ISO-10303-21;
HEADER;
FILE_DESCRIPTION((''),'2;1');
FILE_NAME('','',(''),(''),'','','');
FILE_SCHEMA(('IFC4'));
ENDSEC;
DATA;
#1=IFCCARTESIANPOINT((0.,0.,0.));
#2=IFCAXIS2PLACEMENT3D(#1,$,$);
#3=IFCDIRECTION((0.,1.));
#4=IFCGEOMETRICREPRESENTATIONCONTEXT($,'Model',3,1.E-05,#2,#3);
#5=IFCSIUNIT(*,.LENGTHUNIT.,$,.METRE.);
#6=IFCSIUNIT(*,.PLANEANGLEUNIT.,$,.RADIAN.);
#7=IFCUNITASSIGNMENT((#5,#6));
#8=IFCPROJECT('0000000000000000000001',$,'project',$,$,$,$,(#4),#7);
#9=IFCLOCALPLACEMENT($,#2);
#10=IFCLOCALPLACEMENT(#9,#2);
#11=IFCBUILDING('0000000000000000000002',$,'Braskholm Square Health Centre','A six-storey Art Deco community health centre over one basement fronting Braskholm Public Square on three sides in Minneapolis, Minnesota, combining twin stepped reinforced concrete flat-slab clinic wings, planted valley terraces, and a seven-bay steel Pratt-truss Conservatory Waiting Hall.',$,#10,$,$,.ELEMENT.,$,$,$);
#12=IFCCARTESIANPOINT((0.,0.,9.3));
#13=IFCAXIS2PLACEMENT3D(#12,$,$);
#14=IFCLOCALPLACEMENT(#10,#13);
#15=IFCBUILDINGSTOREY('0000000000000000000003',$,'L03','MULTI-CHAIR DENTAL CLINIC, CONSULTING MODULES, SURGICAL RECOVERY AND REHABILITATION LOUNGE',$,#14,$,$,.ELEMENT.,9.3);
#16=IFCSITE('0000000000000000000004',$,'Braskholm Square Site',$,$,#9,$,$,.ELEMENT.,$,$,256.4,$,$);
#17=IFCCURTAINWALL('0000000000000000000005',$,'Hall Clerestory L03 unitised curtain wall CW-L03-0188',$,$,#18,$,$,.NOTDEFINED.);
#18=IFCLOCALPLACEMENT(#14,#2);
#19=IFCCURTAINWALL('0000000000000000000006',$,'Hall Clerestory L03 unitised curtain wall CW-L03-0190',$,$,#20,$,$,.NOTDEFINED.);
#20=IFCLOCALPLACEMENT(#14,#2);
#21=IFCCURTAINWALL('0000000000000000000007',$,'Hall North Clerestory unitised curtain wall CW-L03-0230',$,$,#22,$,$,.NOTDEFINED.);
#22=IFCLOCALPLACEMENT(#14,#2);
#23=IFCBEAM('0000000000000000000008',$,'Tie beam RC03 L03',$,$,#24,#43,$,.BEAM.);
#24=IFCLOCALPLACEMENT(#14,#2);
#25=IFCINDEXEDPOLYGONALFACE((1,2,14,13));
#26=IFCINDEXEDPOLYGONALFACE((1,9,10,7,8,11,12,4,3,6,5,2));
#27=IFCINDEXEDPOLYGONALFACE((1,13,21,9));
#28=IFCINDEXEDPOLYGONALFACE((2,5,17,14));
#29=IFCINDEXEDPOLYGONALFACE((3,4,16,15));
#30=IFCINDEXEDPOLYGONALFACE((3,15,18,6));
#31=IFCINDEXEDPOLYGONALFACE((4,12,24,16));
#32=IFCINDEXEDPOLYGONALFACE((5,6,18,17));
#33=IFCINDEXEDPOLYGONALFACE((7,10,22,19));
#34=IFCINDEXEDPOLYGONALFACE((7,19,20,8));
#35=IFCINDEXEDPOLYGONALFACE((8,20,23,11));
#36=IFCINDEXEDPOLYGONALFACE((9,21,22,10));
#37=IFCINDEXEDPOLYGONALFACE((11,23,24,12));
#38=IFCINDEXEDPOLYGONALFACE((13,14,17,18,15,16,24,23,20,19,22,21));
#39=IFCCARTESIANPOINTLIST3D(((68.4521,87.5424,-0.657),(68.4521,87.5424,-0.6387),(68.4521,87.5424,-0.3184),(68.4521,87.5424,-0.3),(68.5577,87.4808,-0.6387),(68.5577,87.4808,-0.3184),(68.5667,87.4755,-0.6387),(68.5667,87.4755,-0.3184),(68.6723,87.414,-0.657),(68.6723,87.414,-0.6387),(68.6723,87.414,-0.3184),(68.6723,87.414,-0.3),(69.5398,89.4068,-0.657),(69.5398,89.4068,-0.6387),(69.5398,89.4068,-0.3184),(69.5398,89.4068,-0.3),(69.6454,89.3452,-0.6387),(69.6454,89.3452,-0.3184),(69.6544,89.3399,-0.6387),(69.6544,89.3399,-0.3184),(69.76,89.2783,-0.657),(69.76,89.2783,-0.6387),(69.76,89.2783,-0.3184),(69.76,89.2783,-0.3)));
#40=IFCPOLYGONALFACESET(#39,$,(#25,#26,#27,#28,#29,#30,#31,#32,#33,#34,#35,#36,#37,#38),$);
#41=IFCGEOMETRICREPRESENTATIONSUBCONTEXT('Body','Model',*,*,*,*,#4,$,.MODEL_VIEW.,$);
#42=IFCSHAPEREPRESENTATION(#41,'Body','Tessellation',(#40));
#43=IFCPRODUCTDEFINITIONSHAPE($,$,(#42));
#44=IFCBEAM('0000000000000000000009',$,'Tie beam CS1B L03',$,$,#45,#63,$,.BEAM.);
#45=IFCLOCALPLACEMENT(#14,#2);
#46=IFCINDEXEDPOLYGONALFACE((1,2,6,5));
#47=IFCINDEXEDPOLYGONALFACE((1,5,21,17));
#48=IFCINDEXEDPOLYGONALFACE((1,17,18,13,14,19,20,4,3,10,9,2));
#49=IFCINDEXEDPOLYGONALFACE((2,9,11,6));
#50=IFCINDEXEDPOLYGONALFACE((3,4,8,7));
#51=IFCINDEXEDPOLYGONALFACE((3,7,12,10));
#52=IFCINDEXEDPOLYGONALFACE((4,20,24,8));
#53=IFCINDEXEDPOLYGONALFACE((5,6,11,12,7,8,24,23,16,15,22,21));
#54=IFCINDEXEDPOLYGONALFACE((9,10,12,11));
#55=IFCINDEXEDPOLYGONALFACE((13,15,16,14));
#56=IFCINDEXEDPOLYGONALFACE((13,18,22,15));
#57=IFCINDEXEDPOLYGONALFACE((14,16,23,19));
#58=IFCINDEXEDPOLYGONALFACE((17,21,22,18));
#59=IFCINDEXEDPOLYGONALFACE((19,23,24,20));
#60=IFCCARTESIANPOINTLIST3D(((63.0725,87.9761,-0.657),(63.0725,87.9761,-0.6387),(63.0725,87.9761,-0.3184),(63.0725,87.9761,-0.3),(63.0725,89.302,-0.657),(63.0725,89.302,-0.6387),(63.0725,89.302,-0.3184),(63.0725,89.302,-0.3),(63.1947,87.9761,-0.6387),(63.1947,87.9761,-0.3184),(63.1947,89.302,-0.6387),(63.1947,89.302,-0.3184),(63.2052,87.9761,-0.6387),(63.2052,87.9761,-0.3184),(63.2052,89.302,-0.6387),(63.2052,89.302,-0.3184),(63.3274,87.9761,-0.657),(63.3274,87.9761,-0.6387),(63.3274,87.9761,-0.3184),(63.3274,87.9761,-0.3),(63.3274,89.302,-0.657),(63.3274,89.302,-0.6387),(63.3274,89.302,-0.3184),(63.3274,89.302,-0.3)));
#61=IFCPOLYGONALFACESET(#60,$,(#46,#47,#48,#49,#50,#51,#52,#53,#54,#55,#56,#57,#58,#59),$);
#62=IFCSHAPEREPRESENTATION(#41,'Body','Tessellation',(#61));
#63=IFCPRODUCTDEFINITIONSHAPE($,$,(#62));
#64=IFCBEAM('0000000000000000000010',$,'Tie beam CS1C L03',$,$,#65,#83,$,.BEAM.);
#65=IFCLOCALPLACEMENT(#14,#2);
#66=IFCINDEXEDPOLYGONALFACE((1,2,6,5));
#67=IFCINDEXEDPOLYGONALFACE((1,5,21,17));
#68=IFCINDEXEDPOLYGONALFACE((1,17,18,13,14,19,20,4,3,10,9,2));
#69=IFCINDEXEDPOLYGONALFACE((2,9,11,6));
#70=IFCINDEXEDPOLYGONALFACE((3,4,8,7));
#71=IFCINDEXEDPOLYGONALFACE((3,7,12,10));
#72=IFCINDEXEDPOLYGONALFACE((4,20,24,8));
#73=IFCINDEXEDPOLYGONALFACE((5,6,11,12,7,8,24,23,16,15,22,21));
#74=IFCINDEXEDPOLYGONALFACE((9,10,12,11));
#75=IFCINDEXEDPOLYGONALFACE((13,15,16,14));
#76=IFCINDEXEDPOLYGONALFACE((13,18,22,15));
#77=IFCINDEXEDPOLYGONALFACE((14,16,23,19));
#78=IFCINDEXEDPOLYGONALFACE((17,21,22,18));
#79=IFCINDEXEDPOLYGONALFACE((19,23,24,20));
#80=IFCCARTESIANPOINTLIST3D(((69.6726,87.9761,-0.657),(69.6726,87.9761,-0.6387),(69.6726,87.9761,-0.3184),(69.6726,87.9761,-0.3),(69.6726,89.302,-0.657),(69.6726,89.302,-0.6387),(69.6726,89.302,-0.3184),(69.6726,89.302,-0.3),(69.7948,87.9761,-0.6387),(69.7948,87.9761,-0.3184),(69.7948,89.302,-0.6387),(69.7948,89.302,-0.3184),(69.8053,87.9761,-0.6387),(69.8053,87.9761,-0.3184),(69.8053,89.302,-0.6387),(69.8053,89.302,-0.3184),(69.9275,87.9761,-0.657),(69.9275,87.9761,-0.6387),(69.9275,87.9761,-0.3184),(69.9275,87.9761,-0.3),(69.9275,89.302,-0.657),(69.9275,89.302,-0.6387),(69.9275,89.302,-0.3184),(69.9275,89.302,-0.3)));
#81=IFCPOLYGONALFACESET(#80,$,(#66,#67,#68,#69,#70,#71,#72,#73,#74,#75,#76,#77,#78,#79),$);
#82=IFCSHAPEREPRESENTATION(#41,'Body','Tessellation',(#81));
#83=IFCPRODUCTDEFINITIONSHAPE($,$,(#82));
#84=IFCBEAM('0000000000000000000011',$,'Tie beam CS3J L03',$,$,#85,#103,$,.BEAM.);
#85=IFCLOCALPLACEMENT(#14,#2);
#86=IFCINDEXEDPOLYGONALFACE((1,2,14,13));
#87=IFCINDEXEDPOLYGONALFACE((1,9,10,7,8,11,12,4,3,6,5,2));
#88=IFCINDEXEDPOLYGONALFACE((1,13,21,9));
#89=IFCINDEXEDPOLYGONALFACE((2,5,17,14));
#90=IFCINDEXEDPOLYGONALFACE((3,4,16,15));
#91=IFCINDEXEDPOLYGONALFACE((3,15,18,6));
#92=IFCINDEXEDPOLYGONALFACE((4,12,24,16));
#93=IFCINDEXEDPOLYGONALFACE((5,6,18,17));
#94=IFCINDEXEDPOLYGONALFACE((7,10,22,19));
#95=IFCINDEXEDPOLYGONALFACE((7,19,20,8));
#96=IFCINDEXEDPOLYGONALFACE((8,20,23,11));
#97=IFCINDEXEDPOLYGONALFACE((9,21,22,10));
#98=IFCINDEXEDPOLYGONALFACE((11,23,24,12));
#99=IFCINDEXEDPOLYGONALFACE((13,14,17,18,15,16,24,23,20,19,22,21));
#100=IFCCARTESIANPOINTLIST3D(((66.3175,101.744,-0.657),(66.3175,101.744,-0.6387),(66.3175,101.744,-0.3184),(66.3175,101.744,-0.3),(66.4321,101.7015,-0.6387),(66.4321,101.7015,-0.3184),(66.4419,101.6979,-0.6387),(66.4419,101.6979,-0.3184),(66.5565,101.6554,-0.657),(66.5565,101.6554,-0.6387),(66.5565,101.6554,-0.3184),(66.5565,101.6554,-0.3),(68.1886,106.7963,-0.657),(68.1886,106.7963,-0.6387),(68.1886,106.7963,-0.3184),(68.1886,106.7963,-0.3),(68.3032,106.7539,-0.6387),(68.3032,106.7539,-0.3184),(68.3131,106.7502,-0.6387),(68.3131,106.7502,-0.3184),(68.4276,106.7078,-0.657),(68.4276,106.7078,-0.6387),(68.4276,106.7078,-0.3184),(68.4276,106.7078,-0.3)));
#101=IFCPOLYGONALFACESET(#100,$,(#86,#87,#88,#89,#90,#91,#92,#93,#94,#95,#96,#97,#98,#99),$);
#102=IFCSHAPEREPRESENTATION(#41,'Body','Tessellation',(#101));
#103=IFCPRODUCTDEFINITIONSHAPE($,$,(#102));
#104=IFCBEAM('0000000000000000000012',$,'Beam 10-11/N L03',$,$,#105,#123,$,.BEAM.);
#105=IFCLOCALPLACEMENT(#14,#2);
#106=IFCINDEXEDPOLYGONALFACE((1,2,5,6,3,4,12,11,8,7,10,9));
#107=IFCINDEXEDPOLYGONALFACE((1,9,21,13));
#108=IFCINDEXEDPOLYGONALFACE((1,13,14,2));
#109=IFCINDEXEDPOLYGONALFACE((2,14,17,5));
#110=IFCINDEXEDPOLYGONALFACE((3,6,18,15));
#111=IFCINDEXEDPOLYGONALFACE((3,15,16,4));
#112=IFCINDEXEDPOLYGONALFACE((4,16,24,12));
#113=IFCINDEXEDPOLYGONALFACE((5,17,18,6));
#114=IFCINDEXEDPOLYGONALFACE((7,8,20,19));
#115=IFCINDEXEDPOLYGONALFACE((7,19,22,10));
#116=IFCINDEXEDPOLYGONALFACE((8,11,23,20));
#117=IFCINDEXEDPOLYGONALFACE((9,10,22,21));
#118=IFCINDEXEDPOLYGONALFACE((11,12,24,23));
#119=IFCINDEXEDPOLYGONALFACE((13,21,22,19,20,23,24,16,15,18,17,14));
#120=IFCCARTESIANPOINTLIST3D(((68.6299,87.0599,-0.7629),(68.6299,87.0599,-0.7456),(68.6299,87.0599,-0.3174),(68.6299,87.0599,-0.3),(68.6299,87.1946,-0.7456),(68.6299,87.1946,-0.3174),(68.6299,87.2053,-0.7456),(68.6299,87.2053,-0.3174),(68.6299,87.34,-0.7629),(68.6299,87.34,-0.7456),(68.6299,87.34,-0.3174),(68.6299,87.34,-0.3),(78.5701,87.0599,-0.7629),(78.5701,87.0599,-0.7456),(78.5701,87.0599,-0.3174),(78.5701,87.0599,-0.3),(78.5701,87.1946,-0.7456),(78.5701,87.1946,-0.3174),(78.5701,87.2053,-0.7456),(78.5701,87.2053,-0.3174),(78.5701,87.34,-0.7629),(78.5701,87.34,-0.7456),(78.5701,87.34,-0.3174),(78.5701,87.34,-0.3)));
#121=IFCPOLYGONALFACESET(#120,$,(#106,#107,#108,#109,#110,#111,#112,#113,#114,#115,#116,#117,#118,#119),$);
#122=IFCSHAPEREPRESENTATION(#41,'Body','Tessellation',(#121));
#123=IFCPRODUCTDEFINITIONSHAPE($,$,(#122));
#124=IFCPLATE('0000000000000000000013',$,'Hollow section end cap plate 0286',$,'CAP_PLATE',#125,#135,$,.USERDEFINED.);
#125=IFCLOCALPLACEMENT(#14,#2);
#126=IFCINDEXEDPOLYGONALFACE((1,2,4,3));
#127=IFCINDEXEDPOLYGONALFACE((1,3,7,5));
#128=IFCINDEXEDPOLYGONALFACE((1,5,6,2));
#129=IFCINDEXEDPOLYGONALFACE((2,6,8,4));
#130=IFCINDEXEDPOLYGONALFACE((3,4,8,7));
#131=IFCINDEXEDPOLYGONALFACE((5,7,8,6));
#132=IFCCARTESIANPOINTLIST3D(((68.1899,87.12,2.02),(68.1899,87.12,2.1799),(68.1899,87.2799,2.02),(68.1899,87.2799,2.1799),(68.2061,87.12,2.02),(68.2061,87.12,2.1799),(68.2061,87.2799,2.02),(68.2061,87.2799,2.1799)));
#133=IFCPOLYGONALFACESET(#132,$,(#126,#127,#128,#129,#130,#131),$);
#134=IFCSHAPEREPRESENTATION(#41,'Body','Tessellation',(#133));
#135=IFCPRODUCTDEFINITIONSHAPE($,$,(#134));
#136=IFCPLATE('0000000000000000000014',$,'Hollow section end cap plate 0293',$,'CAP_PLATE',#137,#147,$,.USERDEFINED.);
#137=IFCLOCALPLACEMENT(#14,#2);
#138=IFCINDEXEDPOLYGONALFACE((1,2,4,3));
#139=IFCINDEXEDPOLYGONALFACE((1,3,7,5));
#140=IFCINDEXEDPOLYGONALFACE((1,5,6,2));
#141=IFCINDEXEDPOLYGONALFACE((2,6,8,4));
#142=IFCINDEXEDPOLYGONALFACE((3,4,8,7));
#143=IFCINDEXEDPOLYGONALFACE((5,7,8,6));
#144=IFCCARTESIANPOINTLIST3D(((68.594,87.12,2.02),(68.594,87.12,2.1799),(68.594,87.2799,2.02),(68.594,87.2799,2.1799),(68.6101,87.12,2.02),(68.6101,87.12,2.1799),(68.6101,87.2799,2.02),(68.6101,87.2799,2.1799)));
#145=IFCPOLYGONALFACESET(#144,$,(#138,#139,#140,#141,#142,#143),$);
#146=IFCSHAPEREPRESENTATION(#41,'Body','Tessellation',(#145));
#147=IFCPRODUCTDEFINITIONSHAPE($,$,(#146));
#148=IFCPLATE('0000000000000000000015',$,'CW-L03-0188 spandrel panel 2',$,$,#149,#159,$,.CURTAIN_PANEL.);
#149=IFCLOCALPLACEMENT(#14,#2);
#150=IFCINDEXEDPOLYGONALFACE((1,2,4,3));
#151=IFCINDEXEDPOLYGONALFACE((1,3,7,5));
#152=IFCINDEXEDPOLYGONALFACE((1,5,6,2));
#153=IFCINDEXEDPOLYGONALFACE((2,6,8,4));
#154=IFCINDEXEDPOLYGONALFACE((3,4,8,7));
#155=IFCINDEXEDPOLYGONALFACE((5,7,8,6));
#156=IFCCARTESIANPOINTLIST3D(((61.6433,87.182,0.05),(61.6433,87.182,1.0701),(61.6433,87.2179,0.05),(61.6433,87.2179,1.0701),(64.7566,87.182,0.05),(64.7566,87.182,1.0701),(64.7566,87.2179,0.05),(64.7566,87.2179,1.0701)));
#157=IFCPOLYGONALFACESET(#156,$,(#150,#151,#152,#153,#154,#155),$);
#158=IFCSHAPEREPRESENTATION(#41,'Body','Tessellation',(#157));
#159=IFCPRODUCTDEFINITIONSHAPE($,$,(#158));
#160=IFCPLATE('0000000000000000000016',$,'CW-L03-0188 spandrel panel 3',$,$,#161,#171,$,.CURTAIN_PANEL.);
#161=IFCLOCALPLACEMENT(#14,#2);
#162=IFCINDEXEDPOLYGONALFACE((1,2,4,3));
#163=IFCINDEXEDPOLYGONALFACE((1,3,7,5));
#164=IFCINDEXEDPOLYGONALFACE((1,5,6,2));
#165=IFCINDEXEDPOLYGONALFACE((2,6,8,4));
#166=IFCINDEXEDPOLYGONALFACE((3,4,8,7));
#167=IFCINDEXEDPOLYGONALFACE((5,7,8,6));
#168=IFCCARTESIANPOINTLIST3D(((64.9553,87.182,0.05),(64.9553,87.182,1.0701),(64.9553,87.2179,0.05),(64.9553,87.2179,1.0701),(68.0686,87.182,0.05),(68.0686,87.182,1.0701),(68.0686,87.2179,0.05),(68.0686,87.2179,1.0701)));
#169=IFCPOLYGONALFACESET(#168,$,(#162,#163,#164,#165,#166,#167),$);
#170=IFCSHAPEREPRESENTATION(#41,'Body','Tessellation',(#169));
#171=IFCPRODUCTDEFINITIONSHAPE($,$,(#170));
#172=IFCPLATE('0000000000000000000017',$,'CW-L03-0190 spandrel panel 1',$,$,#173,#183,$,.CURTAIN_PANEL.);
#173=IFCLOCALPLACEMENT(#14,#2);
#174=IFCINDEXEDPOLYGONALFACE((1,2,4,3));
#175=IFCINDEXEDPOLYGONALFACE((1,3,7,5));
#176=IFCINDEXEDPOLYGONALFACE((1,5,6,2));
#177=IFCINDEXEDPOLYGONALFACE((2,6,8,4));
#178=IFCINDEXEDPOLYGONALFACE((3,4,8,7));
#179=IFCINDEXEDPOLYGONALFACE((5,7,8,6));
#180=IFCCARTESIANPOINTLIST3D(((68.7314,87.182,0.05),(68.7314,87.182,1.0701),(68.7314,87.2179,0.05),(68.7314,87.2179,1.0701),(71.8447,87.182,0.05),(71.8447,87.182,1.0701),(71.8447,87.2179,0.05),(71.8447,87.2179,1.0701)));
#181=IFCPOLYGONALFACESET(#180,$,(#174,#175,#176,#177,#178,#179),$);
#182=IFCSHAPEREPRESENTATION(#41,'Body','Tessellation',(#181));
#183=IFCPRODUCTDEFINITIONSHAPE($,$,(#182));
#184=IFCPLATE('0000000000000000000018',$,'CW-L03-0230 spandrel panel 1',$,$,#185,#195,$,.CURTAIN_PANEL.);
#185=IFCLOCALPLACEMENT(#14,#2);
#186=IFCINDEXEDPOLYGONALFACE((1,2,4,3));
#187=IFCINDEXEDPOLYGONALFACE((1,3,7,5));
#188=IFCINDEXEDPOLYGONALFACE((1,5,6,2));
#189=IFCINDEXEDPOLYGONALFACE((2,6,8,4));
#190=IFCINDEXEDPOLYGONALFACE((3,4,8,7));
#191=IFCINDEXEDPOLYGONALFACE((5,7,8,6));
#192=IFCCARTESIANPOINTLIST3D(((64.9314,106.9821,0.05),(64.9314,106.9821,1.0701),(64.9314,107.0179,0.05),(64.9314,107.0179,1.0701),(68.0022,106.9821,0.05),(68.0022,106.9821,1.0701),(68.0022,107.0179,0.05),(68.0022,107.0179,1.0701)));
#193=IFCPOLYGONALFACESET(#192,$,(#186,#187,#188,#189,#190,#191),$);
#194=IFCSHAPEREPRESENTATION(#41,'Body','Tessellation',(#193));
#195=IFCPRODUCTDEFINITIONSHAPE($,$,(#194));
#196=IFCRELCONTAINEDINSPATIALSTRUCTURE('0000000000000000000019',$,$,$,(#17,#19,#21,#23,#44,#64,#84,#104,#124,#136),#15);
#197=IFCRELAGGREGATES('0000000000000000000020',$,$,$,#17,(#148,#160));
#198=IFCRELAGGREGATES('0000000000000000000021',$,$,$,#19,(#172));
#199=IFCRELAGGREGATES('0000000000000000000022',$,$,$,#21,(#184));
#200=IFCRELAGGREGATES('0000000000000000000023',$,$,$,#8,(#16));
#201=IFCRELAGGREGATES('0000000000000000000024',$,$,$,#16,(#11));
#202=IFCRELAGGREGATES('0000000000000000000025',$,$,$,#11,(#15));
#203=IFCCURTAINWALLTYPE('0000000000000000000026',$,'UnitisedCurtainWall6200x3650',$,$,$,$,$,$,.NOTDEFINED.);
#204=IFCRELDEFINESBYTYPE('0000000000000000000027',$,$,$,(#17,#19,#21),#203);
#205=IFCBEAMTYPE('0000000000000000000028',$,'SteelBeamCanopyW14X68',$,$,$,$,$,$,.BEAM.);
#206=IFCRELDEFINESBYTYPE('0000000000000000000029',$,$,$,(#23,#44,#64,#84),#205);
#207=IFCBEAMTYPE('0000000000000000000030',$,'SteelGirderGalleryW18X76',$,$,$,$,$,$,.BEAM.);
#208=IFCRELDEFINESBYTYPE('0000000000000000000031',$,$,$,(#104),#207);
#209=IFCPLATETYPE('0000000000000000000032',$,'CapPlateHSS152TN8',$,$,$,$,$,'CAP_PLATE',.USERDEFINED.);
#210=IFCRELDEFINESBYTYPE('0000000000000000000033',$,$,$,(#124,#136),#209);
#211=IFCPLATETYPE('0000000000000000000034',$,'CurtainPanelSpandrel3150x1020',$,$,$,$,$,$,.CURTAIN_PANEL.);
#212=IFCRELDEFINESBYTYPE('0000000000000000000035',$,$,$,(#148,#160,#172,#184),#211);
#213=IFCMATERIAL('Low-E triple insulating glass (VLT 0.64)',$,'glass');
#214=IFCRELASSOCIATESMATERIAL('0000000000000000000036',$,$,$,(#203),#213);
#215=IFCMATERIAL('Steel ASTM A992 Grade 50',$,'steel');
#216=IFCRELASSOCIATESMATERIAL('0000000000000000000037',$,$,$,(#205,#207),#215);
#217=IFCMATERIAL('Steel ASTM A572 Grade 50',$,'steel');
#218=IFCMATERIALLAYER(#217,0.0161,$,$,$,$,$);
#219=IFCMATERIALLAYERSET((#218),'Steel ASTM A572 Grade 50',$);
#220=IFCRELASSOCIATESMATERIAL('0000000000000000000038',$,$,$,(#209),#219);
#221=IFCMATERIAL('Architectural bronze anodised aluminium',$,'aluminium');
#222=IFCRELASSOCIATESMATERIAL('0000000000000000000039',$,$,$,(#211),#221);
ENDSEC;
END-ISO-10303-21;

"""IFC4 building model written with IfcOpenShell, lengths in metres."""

from ifc_helpers import new_model, si_unit, direction, frame, origin, origin_2d, place, context, subcontext, project, spatial, rectangle, i_section, extrude, material, layer, layer_set, material_profile, profile_set, type_object, element, aggregate, save


model = new_model("IFC4")

# Units and contexts
model_context = context("Model", 3, precision=1e-05, world=origin(), true_north=direction((0.0, 1.0)))
body_context = subcontext(model_context, "Body", "Model", "MODEL_VIEW")
ifc_project = project(units=[si_unit("LENGTHUNIT", "METRE"), si_unit("PLANEANGLEUNIT", "RADIAN")], contexts=[model_context])

# Site, building, storey
site_placement = place(None, origin())
site = spatial("IfcSite", under=ifc_project, at=site_placement, Name="Braskholm Square Site", CompositionType="ELEMENT", RefElevation=256.4)
building_placement = place(site_placement, origin())
building = spatial("IfcBuilding", under=site, at=building_placement, Name="Braskholm Square Health Centre", Description="A six-storey Art Deco community health centre over one basement fronting Braskholm Public Square on three sides in Minneapolis, Minnesota, combining twin stepped reinforced concrete flat-slab clinic wings, planted valley terraces, and a seven-bay steel Pratt-truss Conservatory Waiting Hall.", CompositionType="ELEMENT")
storey_placement = place(building_placement, frame((0.0, 0.0, 9.3)))
storey = spatial("IfcBuildingStorey", under=building, at=storey_placement, Name="L03", Description="MULTI-CHAIR DENTAL CLINIC, CONSULTING MODULES, SURGICAL RECOVERY AND REHABILITATION LOUNGE", CompositionType="ELEMENT", Elevation=9.3)

# Curtain walls
ifc_material_1 = material(Name="Low-E triple insulating glass (VLT 0.64)", Category="glass")
curtain_wall_type = type_object("IfcCurtainWallType", Name="UnitisedCurtainWall6200x3650", PredefinedType="NOTDEFINED", material=ifc_material_1)
curtain_wall_1_placement = place(storey_placement, origin())
curtain_wall_1 = element("IfcCurtainWall", 1, at=curtain_wall_1_placement, inside=storey, type_object=curtain_wall_type, Name="Hall Clerestory L03 unitised curtain wall CW-L03-0188", PredefinedType="NOTDEFINED")
ifc_material_2 = material(Name="Architectural bronze anodised aluminium", Category="aluminium")
curtain_wall_2_placement = place(storey_placement, origin())
curtain_wall_2 = element("IfcCurtainWall", 2, at=curtain_wall_2_placement, inside=storey, type_object=curtain_wall_type, Name="Hall Clerestory L03 unitised curtain wall CW-L03-0190", PredefinedType="NOTDEFINED")
curtain_wall_3_placement = place(storey_placement, origin())
curtain_wall_3 = element("IfcCurtainWall", 3, at=curtain_wall_3_placement, inside=storey, type_object=curtain_wall_type, Name="Hall North Clerestory unitised curtain wall CW-L03-0230", PredefinedType="NOTDEFINED")

# Beams
ifc_material_3 = material(Name="Steel ASTM A992 Grade 50", Category="steel")
ifc_material_profile_1 = material_profile(ifc_material_3, i_section(OverallWidth=0.2549, OverallDepth=0.3569, WebThickness=0.0105, FlangeThickness=0.0183, at=origin_2d()), Name="W14X68")
ifc_profile_set_1 = profile_set([ifc_material_profile_1], Name="Steel ASTM A992 Grade 50")
beam_type_1 = type_object("IfcBeamType", Name="SteelBeamCanopyW14X68", PredefinedType="BEAM", material=ifc_profile_set_1)
beam_1_placement = place(storey_placement, frame((69.6499, 89.3425, -0.4785), z_axis=(-0.503927, -0.863746, 0.0), x_axis=(0.863746, -0.503927, 0.0)))
element("IfcBeam", 4, at=beam_1_placement, inside=storey, type_object=beam_type_1, Name="Tie beam RC03 L03", PredefinedType="BEAM", context=body_context, shape_type="SweptSolid", body=[
    extrude(i_section(OverallWidth=0.2549, OverallDepth=0.3569, WebThickness=0.0105, FlangeThickness=0.0183, at=origin_2d()), origin(), (0.0, 0.0, 1.0), 2.1584),
])
for number, where, z_axis, x_axis, name in (
    (5, (63.2, 87.9761, -0.4785), (0.0, 1.0, 0.0), (-1.0, 0.0, 0.0), "Tie beam CS1B L03"),
    (6, (69.8, 87.9761, -0.4785), (0.0, 1.0, 0.0), (-1.0, 0.0, 0.0), "Tie beam CS1C L03"),
):
    element("IfcBeam", number, at=place(storey_placement, frame(where, z_axis=z_axis, x_axis=x_axis)), inside=storey, type_object=beam_type_1, Name=name, PredefinedType="BEAM", context=body_context, shape_type="SweptSolid", body=[
        extrude(i_section(OverallWidth=0.2549, OverallDepth=0.3569, WebThickness=0.0105, FlangeThickness=0.0183, at=origin_2d()), origin(), (0.0, 0.0, 1.0), 1.3259),
    ])
beam_2_placement = place(storey_placement, frame((66.437, 101.6997, -0.4785), z_axis=(0.347297, 0.937755, 0.0), x_axis=(-0.937755, 0.347297, 0.0)))
element("IfcBeam", 7, at=beam_2_placement, inside=storey, type_object=beam_type_1, Name="Tie beam CS3J L03", PredefinedType="BEAM", context=body_context, shape_type="SweptSolid", body=[
    extrude(i_section(OverallWidth=0.2549, OverallDepth=0.3569, WebThickness=0.0105, FlangeThickness=0.0183, at=origin_2d()), origin(), (0.0, 0.0, 1.0), 5.3877),
])
ifc_material_profile_2 = material_profile(ifc_material_3, i_section(OverallWidth=0.28, OverallDepth=0.4629, WebThickness=0.0107, FlangeThickness=0.0173, at=origin_2d()), Name="W18X76")
ifc_profile_set_2 = profile_set([ifc_material_profile_2], Name="Steel ASTM A992 Grade 50")
beam_type_2 = type_object("IfcBeamType", Name="SteelGirderGalleryW18X76", PredefinedType="BEAM", material=ifc_profile_set_2)
beam_3_placement = place(storey_placement, frame((68.6299, 87.2, -0.5315), z_axis=(1.0, 0.0, 0.0), x_axis=(0.0, 1.0, 0.0)))
element("IfcBeam", 8, at=beam_3_placement, inside=storey, type_object=beam_type_2, Name="Beam 10-11/N L03", PredefinedType="BEAM", context=body_context, shape_type="SweptSolid", body=[
    extrude(i_section(OverallWidth=0.28, OverallDepth=0.4629, WebThickness=0.0107, FlangeThickness=0.0173, at=origin_2d()), origin(), (0.0, 0.0, 1.0), 9.9402),
])

# Plates
ifc_material_4 = material(Name="Steel ASTM A572 Grade 50", Category="steel")
ifc_layer_1 = layer(ifc_material_4, 0.0161)
ifc_layer_set_1 = layer_set([ifc_layer_1], Name="Steel ASTM A572 Grade 50")
plate_type_1 = type_object("IfcPlateType", Name="CapPlateHSS152TN8", ElementType="CAP_PLATE", PredefinedType="USERDEFINED", material=ifc_layer_set_1)
for number, where, z_axis, x_axis, name in (
    (9, (68.198, 87.2, 2.02), (0.0, 0.0, 1.0), (1.0, 0.0, 0.0), "Hollow section end cap plate 0286"),
    (10, (68.6021, 87.2, 2.02), (0.0, 0.0, 1.0), (1.0, 0.0, 0.0), "Hollow section end cap plate 0293"),
):
    element("IfcPlate", number, at=place(storey_placement, frame(where, z_axis=z_axis, x_axis=x_axis)), inside=storey, type_object=plate_type_1, Name=name, ObjectType="CAP_PLATE", PredefinedType="USERDEFINED", context=body_context, shape_type="SweptSolid", body=[
        extrude(rectangle(XDim=0.0161, YDim=0.1599, at=origin_2d()), origin(), (0.0, 0.0, 1.0), 0.1599),
    ])

# Plates
plate_type_2 = type_object("IfcPlateType", Name="CurtainPanelSpandrel3150x1020", PredefinedType="CURTAIN_PANEL", material=ifc_material_2)
plate_1_placement = place(storey_placement, frame((63.2, 87.2, 0.05), z_axis=(0.0, 0.0, 1.0), x_axis=(1.0, 0.0, 0.0)))
plate_1 = element("IfcPlate", 11, at=plate_1_placement, type_object=plate_type_2, Name="CW-L03-0188 spandrel panel 2", PredefinedType="CURTAIN_PANEL", context=body_context, shape_type="SweptSolid", body=[
    extrude(rectangle(XDim=3.1133, YDim=0.0359, at=origin_2d()), origin(), (0.0, 0.0, 1.0), 1.02),
])
plate_2_placement = place(storey_placement, frame((66.512, 87.2, 0.05), z_axis=(0.0, 0.0, 1.0), x_axis=(1.0, 0.0, 0.0)))
plate_2 = element("IfcPlate", 12, at=plate_2_placement, type_object=plate_type_2, Name="CW-L03-0188 spandrel panel 3", PredefinedType="CURTAIN_PANEL", context=body_context, shape_type="SweptSolid", body=[
    extrude(rectangle(XDim=3.1133, YDim=0.0359, at=origin_2d()), origin(), (0.0, 0.0, 1.0), 1.02),
])
plate_3_placement = place(storey_placement, frame((70.2881, 87.2, 0.05), z_axis=(0.0, 0.0, 1.0), x_axis=(1.0, 0.0, 0.0)))
plate_3 = element("IfcPlate", 13, at=plate_3_placement, type_object=plate_type_2, Name="CW-L03-0190 spandrel panel 1", PredefinedType="CURTAIN_PANEL", context=body_context, shape_type="SweptSolid", body=[
    extrude(rectangle(XDim=3.1133, YDim=0.0359, at=origin_2d()), origin(), (0.0, 0.0, 1.0), 1.02),
])
plate_4_placement = place(storey_placement, frame((66.4668, 107.0, 0.05), z_axis=(0.0, 0.0, 1.0), x_axis=(-1.0, 0.0, 0.0)))
plate_4 = element("IfcPlate", 14, at=plate_4_placement, type_object=plate_type_2, Name="CW-L03-0230 spandrel panel 1", PredefinedType="CURTAIN_PANEL", context=body_context, shape_type="SweptSolid", body=[
    extrude(rectangle(XDim=3.0708, YDim=0.0359, at=origin_2d()), origin(), (0.0, 0.0, 1.0), 1.02),
])
aggregate(curtain_wall_1, [plate_1, plate_2])
aggregate(curtain_wall_2, [plate_3])
aggregate(curtain_wall_3, [plate_4])

save(model, "model.ifc")
